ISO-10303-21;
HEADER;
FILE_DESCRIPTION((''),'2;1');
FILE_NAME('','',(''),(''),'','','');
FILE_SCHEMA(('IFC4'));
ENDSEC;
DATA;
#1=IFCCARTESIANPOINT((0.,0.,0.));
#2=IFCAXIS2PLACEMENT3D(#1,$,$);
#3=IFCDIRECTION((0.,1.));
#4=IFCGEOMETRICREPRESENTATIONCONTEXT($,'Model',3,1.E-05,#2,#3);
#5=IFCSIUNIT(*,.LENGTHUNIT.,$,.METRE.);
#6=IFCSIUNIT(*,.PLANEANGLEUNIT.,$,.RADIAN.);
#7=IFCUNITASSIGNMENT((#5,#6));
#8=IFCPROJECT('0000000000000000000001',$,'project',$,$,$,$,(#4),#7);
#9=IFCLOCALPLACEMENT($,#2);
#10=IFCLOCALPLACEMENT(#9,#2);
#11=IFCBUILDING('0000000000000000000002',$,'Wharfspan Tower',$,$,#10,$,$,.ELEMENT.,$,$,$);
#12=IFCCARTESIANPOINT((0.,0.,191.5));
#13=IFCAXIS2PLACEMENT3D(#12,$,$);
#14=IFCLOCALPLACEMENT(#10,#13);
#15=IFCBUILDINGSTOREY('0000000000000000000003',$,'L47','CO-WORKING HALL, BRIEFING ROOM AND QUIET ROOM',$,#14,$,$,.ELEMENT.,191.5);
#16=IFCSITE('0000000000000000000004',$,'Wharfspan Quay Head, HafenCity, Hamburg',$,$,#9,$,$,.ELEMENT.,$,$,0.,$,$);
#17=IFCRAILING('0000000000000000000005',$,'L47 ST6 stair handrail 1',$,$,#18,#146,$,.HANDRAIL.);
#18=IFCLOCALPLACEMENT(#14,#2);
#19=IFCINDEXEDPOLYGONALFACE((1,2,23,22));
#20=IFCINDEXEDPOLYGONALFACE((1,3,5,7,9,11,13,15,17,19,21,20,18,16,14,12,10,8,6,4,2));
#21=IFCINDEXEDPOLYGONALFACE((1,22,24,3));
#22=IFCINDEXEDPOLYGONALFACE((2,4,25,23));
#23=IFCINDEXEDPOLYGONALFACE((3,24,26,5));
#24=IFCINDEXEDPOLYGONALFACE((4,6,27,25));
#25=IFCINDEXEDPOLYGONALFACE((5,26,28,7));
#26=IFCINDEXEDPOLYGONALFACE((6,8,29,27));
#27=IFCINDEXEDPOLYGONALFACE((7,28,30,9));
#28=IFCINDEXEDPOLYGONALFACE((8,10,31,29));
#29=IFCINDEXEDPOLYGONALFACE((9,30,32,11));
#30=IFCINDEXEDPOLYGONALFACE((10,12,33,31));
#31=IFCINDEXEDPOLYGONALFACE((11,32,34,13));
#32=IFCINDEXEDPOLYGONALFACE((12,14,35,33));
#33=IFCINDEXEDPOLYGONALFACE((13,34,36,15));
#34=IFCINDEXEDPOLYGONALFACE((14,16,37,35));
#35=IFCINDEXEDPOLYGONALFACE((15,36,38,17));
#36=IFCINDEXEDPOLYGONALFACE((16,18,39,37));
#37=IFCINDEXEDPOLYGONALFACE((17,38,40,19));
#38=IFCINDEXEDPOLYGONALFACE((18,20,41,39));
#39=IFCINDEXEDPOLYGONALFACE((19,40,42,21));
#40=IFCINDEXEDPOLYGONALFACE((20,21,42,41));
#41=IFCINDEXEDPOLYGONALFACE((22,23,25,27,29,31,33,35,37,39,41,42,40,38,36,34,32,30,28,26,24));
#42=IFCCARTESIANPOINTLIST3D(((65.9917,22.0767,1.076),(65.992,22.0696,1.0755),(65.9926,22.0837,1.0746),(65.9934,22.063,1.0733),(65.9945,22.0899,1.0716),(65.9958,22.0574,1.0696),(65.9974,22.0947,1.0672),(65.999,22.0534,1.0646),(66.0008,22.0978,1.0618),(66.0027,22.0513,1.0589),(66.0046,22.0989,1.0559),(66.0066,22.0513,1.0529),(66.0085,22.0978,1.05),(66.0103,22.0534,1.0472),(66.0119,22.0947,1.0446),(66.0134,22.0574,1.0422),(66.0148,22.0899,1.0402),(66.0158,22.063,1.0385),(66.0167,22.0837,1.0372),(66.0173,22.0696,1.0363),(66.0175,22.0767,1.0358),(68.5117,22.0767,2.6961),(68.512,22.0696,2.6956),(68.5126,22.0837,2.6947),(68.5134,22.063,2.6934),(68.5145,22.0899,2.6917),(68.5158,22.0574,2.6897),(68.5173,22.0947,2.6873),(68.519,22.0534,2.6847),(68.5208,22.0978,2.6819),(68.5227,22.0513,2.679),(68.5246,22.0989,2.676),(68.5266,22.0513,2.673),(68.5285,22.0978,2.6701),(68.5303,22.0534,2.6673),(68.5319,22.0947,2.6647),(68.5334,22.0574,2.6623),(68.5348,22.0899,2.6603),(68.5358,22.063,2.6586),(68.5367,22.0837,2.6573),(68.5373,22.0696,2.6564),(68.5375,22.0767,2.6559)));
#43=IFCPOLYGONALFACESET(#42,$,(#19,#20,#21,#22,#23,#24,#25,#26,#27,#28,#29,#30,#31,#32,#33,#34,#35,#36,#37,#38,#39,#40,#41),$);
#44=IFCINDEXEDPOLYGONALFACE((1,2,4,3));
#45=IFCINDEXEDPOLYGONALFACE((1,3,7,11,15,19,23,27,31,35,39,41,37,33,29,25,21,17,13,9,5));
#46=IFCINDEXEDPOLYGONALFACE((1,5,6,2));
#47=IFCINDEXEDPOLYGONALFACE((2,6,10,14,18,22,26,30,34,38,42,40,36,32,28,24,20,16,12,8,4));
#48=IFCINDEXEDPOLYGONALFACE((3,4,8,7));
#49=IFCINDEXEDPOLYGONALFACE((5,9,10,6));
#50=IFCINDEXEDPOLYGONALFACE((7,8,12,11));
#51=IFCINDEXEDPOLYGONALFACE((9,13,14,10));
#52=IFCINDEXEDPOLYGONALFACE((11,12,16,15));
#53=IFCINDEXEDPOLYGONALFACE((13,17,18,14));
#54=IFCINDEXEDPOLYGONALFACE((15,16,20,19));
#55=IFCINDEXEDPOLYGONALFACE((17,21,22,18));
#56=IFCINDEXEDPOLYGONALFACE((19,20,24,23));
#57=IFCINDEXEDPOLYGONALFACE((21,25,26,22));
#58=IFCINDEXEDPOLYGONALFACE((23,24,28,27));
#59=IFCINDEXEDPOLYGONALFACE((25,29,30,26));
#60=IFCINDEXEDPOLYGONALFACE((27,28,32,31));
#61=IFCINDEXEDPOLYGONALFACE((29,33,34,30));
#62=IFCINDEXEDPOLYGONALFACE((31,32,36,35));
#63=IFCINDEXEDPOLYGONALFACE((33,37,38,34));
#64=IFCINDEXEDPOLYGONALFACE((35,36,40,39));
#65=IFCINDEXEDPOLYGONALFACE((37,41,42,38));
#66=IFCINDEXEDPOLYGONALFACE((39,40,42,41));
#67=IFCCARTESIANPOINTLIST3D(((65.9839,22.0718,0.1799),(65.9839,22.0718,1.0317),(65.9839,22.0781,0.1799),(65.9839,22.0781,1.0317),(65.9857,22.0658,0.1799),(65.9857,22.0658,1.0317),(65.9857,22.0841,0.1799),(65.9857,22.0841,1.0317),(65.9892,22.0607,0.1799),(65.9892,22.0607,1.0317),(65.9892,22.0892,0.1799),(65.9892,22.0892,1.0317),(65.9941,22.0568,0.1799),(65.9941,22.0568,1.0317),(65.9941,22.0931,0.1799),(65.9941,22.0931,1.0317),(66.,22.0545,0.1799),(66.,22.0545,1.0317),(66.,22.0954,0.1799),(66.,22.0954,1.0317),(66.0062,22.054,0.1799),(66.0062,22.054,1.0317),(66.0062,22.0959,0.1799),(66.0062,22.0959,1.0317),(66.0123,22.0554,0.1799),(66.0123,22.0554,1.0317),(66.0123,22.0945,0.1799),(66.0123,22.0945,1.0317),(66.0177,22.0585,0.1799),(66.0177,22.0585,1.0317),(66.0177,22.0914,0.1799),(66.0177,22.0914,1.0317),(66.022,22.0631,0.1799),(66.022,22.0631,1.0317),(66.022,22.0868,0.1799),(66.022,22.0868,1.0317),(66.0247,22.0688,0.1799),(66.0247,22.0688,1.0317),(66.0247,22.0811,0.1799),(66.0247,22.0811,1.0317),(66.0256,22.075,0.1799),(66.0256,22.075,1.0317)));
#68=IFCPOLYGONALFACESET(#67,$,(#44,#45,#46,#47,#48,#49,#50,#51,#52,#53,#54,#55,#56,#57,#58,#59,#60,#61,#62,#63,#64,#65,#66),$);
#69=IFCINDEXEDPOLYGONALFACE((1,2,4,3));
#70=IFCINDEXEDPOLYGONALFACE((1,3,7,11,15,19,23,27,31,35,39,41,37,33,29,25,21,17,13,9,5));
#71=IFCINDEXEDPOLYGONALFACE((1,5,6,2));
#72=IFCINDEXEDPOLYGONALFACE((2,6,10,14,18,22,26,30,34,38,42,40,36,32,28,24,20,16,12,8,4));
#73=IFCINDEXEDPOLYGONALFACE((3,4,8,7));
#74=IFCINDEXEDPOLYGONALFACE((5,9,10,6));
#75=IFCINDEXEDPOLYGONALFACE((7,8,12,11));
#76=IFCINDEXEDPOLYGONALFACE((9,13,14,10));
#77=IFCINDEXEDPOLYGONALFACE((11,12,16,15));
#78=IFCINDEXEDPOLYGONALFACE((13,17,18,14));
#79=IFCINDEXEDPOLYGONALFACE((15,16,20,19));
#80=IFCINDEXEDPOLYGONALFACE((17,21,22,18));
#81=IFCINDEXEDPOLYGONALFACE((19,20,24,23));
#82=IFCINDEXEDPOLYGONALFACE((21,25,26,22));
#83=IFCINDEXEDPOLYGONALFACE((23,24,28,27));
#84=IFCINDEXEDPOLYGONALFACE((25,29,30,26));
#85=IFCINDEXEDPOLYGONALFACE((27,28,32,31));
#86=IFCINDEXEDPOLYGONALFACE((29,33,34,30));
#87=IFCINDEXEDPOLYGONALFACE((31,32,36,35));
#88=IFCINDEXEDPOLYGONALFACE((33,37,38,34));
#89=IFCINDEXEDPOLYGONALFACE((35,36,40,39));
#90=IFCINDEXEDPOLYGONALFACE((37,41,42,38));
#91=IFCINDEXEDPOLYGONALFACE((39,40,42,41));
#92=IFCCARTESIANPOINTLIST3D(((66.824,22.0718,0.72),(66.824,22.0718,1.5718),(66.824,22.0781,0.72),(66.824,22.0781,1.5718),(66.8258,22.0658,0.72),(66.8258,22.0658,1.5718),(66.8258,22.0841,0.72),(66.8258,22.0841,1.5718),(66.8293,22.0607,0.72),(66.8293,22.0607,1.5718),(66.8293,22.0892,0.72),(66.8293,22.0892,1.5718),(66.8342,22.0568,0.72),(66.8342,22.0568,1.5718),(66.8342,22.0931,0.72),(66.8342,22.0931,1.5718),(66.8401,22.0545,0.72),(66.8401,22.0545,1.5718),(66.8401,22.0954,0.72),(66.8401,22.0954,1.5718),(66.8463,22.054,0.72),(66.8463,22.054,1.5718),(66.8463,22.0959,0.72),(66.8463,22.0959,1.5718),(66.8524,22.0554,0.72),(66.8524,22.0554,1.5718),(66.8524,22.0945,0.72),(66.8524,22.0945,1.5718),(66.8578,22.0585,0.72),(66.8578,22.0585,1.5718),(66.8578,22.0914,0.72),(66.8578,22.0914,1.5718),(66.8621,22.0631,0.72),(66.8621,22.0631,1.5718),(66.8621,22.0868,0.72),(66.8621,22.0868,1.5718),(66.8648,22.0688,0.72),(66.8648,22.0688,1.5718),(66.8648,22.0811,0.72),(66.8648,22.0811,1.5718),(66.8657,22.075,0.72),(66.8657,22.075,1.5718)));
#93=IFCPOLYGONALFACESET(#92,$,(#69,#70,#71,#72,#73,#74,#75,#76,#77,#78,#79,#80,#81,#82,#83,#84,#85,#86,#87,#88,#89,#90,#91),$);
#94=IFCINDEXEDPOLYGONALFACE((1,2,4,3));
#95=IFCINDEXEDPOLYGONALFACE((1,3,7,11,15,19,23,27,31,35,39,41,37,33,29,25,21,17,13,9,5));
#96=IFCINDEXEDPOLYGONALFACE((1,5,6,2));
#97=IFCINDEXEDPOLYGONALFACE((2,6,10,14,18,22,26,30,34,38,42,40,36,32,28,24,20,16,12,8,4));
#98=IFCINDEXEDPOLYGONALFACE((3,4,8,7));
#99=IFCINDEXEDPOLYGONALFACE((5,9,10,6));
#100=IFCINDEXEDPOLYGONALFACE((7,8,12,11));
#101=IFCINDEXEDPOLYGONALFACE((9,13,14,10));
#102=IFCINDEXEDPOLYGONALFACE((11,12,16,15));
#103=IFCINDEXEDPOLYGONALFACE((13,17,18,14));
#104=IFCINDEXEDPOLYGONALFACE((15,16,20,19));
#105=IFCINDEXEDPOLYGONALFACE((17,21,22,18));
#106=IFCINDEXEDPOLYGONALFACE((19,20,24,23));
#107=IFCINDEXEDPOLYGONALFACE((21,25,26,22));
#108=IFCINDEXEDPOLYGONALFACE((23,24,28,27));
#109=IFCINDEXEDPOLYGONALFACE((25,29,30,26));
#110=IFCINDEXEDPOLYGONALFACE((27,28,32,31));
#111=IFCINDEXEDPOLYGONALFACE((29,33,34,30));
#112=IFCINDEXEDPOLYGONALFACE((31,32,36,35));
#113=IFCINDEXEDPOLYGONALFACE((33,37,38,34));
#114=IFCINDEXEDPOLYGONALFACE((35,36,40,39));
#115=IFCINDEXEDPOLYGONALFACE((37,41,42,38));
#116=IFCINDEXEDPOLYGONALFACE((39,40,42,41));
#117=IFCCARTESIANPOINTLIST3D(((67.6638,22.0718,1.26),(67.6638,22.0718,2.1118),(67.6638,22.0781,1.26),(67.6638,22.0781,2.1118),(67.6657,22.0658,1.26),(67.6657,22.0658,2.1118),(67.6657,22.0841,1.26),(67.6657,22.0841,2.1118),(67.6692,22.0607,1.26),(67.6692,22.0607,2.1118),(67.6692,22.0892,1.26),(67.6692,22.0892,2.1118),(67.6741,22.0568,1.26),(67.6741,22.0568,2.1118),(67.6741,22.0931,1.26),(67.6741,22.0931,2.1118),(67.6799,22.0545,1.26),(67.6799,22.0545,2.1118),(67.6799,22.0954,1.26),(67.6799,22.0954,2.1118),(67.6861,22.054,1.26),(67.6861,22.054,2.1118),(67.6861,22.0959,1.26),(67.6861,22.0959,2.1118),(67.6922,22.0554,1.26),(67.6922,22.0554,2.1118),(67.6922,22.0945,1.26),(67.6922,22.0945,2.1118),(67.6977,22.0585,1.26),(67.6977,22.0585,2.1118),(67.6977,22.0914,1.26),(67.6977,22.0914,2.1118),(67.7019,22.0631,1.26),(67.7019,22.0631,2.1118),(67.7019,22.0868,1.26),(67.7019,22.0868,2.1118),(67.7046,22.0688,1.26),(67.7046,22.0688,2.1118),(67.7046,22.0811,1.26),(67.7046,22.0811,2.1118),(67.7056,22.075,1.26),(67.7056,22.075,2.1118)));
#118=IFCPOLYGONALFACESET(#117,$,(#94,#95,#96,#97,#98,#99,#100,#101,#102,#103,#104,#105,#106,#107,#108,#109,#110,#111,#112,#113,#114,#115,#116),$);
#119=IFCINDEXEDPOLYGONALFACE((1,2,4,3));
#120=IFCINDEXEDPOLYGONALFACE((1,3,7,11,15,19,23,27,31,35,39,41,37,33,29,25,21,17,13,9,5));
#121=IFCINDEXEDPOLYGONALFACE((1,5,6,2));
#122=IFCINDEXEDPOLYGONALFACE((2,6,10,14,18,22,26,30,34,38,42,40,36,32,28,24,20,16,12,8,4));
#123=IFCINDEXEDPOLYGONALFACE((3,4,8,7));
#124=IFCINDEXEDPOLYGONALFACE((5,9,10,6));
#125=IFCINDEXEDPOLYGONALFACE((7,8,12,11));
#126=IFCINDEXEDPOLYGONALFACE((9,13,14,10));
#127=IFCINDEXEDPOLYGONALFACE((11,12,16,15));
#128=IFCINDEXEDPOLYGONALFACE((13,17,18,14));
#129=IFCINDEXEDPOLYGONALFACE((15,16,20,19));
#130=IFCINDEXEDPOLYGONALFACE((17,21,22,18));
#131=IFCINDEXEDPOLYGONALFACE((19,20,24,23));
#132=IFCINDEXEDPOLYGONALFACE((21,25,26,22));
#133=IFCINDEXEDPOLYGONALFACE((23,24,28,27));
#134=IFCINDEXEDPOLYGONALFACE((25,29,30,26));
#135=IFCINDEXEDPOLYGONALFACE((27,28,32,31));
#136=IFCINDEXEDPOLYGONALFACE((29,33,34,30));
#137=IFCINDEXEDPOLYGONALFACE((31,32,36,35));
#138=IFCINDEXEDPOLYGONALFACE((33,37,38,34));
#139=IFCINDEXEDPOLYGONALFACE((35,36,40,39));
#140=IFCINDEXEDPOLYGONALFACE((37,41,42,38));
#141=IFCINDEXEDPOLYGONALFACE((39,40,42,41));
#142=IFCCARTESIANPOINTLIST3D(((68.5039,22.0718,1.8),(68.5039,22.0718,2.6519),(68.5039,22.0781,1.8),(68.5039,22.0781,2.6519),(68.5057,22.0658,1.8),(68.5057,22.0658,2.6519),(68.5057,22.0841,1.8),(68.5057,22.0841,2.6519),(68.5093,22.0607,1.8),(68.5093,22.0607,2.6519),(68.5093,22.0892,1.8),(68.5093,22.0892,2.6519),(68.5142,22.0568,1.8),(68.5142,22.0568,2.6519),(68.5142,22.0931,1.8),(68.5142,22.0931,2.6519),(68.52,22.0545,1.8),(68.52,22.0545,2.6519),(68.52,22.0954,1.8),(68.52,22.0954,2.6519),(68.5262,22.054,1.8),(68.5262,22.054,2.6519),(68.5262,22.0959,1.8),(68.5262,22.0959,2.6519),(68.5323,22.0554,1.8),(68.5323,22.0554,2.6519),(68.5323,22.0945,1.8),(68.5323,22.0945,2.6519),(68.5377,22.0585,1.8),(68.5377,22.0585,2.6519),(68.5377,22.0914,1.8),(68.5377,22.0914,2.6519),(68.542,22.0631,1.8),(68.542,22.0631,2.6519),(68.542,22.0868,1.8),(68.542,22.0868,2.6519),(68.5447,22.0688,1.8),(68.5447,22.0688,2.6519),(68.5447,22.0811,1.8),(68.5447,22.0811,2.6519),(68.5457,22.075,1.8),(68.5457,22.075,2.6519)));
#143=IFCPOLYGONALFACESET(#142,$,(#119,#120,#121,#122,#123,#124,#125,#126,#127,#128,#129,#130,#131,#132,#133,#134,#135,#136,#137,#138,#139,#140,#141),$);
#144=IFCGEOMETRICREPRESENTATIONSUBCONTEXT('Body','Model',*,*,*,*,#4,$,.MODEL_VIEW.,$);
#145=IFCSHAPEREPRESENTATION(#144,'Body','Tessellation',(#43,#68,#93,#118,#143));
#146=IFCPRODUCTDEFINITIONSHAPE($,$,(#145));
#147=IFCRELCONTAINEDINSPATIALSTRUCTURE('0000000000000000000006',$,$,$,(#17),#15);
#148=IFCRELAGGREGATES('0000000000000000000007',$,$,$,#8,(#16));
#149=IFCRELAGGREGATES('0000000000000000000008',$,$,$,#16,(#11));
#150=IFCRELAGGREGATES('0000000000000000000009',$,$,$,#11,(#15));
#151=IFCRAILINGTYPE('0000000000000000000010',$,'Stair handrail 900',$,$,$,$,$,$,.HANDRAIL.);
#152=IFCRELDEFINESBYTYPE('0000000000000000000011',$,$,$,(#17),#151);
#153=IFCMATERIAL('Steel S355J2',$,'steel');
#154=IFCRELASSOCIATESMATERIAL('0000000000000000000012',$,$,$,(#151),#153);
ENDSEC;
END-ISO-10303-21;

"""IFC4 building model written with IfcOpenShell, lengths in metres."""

from ifc_helpers import new_model, si_unit, direction, frame, origin, origin_2d, place, context, subcontext, project, spatial, circle, extrude, material, type_object, element, save


model = new_model("IFC4")

# Units and contexts
model_context = context("Model", 3, precision=1e-05, world=origin(), true_north=direction((0.0, 1.0)))
body_context = subcontext(model_context, "Body", "Model", "MODEL_VIEW")
ifc_project = project(units=[si_unit("LENGTHUNIT", "METRE"), si_unit("PLANEANGLEUNIT", "RADIAN")], contexts=[model_context])

# Site, building, storey
site_placement = place(None, origin())
site = spatial("IfcSite", under=ifc_project, at=site_placement, Name="Wharfspan Quay Head, HafenCity, Hamburg", CompositionType="ELEMENT", RefElevation=0.0)
building_placement = place(site_placement, origin())
building = spatial("IfcBuilding", under=site, at=building_placement, Name="Wharfspan Tower", CompositionType="ELEMENT")
storey_placement = place(building_placement, frame((0.0, 0.0, 191.5)))
storey = spatial("IfcBuildingStorey", under=building, at=storey_placement, Name="L47", Description="CO-WORKING HALL, BRIEFING ROOM AND QUIET ROOM", CompositionType="ELEMENT", Elevation=191.5)

# Shared definitions
ifc_material_1 = material(Name="Steel S355J2", Category="steel")

# Railing
railing_type_1 = type_object("IfcRailingType", Name="Stair handrail 900", PredefinedType="HANDRAIL", material=ifc_material_1)
railing_1_placement = place(storey_placement, frame((66.0046, 22.075, 0.1799)))
element("IfcRailing", 1, at=railing_1_placement, inside=storey, type_object=railing_type_1, Name="L47 ST6 stair handrail 1", PredefinedType="HANDRAIL", context=body_context, shape_type="SweptSolid", body=[
    extrude(circle(Radius=0.0239, at=origin_2d()), frame((0.0, 0.0, 0.876), z_axis=(0.841163, 0.0, 0.540782), x_axis=(0.0, 1.0, 0.0)), (0.0, 0.0, 1.0), 2.9958),
    extrude(circle(Radius=0.021, at=origin_2d()), origin(), (0.0, 0.0, 1.0), 0.8518),
    extrude(circle(Radius=0.021, at=origin_2d()), frame((0.8401, 0.0, 0.54)), (0.0, 0.0, 1.0), 0.8518),
    extrude(circle(Radius=0.021, at=origin_2d()), frame((1.6799, 0.0, 1.0801)), (0.0, 0.0, 1.0), 0.8518),
    extrude(circle(Radius=0.021, at=origin_2d()), frame((2.52, 0.0, 1.6201)), (0.0, 0.0, 1.0), 0.8518),
])

save(model, "model.ifc")
